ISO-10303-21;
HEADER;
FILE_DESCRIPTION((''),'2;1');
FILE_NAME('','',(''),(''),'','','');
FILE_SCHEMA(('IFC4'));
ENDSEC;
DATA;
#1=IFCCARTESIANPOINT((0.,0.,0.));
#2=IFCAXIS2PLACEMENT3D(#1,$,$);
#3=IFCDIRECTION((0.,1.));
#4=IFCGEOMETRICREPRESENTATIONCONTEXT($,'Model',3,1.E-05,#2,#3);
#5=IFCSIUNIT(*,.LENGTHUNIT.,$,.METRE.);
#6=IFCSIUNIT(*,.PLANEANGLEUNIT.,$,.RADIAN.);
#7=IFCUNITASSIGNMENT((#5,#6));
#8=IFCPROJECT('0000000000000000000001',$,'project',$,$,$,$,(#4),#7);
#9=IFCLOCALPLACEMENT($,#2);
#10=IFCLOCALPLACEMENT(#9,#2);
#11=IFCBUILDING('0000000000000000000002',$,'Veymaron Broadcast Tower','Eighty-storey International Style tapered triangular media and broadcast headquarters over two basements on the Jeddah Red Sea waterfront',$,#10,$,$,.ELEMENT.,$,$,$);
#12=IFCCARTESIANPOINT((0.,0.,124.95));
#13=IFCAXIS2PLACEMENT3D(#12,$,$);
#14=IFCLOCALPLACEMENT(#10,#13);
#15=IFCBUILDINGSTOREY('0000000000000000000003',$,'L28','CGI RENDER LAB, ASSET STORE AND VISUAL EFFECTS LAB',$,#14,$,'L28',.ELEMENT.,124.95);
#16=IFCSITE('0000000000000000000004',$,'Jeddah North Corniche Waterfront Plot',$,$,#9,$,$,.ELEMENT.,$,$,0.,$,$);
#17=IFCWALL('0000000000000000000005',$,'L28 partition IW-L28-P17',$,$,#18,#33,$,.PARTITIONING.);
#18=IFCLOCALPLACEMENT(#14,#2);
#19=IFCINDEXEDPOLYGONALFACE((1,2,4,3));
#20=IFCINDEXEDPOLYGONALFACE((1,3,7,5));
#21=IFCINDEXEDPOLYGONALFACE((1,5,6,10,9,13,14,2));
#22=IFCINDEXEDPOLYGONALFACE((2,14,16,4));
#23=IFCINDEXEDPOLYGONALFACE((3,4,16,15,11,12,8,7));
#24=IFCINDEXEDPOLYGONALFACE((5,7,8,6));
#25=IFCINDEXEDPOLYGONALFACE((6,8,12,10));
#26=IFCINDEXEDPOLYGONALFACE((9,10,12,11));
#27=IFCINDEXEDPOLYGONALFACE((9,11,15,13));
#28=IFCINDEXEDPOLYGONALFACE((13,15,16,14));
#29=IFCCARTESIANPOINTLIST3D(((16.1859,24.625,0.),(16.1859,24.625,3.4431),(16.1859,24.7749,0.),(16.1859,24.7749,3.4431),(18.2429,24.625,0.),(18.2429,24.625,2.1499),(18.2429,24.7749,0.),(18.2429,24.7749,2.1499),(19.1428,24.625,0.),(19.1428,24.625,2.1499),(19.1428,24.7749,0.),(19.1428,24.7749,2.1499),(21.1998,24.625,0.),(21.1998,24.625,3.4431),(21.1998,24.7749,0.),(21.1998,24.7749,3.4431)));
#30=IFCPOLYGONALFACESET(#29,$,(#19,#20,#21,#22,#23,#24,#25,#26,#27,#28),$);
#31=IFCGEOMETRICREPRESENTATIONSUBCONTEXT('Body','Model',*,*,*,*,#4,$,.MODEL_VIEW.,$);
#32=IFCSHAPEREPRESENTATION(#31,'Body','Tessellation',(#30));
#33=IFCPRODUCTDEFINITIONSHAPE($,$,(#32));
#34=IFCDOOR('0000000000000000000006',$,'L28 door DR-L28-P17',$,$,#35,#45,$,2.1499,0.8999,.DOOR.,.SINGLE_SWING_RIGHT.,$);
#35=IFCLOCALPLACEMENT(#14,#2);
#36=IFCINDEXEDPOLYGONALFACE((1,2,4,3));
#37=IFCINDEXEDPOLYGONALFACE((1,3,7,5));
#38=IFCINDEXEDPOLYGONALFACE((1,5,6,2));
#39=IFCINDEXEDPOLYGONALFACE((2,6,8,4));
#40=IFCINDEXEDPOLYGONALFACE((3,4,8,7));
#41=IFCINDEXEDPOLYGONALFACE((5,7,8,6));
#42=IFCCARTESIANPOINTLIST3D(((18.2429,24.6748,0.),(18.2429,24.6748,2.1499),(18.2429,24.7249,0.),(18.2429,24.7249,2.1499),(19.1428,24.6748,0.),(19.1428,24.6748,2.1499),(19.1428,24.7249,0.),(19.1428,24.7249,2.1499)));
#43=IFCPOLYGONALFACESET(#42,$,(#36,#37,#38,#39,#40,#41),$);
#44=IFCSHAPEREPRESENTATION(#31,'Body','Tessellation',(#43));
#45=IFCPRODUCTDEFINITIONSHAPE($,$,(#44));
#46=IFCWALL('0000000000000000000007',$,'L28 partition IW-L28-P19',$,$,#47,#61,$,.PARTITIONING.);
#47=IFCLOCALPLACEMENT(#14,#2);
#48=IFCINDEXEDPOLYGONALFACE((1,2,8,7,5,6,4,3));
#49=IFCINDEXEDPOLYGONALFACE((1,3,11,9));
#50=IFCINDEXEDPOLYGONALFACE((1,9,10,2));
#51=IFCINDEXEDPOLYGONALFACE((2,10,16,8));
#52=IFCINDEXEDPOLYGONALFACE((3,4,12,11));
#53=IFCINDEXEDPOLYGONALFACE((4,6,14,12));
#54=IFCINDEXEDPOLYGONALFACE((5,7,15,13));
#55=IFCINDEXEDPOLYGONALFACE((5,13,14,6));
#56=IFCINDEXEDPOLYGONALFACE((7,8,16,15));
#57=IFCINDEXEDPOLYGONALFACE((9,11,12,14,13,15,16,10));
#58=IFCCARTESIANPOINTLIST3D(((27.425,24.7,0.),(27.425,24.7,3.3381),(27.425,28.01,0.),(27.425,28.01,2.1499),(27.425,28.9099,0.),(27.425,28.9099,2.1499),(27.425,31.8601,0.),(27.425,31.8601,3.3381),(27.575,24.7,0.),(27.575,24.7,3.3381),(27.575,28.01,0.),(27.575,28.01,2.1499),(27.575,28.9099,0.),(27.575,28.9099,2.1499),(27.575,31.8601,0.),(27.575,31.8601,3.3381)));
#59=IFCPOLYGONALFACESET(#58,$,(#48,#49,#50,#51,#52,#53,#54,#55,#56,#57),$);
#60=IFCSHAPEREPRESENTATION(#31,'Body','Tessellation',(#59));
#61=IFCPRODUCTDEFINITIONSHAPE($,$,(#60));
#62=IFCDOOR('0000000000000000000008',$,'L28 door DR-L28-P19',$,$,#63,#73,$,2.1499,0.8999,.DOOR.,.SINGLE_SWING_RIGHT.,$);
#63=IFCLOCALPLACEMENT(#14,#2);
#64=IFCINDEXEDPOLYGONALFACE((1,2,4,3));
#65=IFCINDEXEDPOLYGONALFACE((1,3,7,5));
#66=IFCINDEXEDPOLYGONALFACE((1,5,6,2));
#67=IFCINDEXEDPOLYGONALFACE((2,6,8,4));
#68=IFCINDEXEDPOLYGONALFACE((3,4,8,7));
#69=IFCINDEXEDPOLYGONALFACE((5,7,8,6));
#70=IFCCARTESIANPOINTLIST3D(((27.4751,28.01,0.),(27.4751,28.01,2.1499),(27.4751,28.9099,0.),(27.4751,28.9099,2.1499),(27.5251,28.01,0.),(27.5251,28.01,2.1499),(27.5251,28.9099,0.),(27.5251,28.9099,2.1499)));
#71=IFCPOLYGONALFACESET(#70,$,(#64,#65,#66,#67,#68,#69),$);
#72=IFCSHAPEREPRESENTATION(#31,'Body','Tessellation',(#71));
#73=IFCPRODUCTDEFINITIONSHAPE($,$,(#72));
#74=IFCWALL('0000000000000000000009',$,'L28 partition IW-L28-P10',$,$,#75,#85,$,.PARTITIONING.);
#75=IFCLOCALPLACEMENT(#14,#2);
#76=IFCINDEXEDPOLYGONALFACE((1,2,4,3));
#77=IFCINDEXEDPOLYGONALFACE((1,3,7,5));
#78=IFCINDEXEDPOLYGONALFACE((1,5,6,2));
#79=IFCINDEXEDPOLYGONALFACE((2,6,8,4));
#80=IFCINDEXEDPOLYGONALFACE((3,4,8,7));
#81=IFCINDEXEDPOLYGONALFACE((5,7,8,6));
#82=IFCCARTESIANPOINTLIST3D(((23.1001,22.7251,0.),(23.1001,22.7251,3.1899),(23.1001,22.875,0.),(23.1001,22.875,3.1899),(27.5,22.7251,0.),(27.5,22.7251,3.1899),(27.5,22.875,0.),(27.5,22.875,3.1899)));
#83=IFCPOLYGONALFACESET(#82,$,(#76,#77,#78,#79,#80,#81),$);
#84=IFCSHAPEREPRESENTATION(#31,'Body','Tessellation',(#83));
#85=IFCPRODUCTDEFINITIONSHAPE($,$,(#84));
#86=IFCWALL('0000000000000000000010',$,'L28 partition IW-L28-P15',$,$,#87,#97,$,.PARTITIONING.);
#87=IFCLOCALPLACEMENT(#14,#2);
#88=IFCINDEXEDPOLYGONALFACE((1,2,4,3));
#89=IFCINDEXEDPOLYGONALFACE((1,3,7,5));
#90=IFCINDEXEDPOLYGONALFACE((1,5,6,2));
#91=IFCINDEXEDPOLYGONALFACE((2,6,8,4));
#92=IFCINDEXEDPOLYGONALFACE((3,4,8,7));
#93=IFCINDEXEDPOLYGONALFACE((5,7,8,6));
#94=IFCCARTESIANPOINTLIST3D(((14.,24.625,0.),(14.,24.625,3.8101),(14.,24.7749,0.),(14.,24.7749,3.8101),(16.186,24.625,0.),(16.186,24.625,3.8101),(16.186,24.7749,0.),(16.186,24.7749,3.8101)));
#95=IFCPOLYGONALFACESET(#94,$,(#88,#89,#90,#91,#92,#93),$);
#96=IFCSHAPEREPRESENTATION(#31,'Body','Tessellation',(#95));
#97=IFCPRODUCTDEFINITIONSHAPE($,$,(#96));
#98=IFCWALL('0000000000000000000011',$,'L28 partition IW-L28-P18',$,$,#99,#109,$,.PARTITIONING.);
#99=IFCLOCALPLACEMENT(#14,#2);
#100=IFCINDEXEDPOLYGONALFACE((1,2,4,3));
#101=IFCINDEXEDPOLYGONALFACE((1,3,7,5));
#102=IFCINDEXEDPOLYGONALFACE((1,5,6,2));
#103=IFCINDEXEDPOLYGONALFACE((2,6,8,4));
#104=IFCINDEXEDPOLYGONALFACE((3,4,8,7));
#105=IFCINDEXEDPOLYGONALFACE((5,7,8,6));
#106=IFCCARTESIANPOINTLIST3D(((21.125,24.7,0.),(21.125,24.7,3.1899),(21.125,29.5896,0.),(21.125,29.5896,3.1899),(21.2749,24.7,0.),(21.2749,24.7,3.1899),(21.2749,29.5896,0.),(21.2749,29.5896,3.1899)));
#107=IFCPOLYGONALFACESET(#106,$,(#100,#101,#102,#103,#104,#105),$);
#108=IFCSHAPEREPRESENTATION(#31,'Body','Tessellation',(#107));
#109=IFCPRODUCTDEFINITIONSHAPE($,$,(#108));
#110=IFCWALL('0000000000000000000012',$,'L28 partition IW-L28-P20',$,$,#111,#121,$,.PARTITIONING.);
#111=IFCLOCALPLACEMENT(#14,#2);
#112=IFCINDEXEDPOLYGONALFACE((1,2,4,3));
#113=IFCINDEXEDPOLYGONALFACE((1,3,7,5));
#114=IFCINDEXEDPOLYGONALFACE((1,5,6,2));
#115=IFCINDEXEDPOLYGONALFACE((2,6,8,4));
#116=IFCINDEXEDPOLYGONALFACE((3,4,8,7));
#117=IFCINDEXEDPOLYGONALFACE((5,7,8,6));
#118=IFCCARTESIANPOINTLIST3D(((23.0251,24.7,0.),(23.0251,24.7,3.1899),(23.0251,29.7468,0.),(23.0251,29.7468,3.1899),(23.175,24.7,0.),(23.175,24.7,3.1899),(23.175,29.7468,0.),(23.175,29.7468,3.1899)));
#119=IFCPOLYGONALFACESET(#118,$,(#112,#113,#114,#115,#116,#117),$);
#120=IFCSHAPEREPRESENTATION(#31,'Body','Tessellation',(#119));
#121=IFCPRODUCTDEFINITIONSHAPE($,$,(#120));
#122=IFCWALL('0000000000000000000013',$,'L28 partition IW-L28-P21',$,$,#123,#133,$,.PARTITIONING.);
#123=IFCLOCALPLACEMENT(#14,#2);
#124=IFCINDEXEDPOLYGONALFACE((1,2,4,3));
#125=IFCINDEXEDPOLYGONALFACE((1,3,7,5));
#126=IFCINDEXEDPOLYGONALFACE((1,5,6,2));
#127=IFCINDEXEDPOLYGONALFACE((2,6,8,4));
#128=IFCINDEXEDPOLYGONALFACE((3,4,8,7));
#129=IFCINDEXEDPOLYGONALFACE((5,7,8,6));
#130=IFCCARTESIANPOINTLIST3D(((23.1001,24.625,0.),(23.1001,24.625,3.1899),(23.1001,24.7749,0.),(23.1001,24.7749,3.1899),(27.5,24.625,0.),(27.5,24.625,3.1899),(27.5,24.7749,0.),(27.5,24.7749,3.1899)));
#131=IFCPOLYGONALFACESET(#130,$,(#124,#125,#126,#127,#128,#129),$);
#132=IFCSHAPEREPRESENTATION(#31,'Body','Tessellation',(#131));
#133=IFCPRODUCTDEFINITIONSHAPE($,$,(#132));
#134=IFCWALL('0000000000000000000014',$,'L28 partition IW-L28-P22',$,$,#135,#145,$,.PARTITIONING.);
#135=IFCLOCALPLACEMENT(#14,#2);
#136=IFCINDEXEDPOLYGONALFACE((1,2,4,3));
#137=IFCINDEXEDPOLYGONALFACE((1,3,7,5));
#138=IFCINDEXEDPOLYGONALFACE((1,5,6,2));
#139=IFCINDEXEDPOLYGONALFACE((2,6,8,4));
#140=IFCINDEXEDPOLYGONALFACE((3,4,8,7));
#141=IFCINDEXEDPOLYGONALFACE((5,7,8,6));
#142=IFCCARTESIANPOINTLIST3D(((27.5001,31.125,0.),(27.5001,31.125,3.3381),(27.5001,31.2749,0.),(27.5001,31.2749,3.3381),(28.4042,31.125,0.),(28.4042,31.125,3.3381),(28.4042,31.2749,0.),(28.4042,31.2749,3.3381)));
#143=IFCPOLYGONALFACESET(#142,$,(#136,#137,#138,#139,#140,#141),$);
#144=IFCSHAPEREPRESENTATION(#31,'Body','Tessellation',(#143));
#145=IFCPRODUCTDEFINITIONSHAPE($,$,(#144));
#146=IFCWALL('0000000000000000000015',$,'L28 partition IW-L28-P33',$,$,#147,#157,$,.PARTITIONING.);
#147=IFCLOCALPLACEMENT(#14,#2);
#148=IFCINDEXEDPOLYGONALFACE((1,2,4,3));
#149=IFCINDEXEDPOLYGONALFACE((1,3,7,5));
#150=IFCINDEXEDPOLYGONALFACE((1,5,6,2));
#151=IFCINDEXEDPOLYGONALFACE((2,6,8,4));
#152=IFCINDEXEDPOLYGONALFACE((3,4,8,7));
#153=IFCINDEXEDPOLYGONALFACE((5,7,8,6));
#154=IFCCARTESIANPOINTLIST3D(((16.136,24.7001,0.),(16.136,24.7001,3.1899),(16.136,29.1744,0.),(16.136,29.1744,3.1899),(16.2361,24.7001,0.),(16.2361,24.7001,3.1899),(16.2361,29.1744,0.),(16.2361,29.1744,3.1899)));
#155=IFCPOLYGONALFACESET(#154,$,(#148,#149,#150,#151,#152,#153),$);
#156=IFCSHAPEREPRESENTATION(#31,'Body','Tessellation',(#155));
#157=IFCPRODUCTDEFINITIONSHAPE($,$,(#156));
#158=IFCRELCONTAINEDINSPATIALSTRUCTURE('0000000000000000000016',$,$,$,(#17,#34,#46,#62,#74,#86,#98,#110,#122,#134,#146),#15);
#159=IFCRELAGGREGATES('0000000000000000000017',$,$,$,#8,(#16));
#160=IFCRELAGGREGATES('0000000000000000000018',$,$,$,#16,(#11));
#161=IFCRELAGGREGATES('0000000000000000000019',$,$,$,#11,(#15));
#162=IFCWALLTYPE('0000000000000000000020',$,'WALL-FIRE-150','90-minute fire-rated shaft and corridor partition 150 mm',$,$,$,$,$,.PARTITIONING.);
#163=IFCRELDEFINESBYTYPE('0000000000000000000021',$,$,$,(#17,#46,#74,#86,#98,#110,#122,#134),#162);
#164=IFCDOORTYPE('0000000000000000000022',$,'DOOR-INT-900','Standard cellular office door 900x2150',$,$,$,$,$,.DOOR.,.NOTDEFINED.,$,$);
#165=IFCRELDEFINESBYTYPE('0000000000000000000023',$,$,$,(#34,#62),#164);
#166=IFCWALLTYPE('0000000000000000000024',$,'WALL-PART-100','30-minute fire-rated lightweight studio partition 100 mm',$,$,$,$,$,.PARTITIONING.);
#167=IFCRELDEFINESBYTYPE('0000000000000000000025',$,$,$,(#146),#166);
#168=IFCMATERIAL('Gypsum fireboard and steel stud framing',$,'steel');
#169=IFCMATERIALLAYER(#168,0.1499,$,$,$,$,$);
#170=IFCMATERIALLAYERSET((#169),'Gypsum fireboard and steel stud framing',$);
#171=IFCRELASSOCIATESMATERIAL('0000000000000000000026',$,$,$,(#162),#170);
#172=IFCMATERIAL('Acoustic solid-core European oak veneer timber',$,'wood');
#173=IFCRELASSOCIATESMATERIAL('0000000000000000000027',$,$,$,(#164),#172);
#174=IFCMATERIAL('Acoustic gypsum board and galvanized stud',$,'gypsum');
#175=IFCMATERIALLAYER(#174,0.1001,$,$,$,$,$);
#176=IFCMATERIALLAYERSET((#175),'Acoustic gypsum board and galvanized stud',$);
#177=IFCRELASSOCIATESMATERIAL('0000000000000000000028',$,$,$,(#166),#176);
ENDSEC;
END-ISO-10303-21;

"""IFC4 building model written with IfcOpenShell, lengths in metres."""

from ifc_helpers import new_model, si_unit, direction, frame, frame_2d, origin, place, context, subcontext, project, spatial, rectangle, extrude, material, layer, layer_set, type_object, element, fill, save


model = new_model("IFC4")

# Units and contexts
model_context = context("Model", 3, precision=1e-05, world=origin(), true_north=direction((0.0, 1.0)))
body_context = subcontext(model_context, "Body", "Model", "MODEL_VIEW")
ifc_project = project(units=[si_unit("LENGTHUNIT", "METRE"), si_unit("PLANEANGLEUNIT", "RADIAN")], contexts=[model_context])

# Site, building, storey
site_placement = place(None, origin())
site = spatial("IfcSite", under=ifc_project, at=site_placement, Name="Jeddah North Corniche Waterfront Plot", CompositionType="ELEMENT", RefElevation=0.0)
building_placement = place(site_placement, origin())
building = spatial("IfcBuilding", under=site, at=building_placement, Name="Veymaron Broadcast Tower", Description="Eighty-storey International Style tapered triangular media and broadcast headquarters over two basements on the Jeddah Red Sea waterfront", CompositionType="ELEMENT")
storey_placement = place(building_placement, frame((0.0, 0.0, 124.95)))
storey = spatial("IfcBuildingStorey", under=building, at=storey_placement, Name="L28", Description="CGI RENDER LAB, ASSET STORE AND VISUAL EFFECTS LAB", LongName="L28", CompositionType="ELEMENT", Elevation=124.95)

# Walls, openings, doors
ifc_material_1 = material(Name="Gypsum fireboard and steel stud framing", Category="steel")
ifc_layer_1 = layer(ifc_material_1, 0.1499)
ifc_layer_set_1 = layer_set([ifc_layer_1], Name="Gypsum fireboard and steel stud framing")
wall_type_1 = type_object("IfcWallType", Name="WALL-FIRE-150", Description="90-minute fire-rated shaft and corridor partition 150 mm", PredefinedType="PARTITIONING", material=ifc_layer_set_1)
ifc_material_2 = material(Name="Acoustic solid-core European oak veneer timber", Category="wood")
door_type = type_object("IfcDoorType", Name="DOOR-INT-900", Description="Standard cellular office door 900x2150", OperationType="NOTDEFINED", PredefinedType="DOOR", material=ifc_material_2)
wall_1_placement = place(storey_placement, frame((16.186, 24.7, 0.0), z_axis=(0.0, 0.0, 1.0), x_axis=(1.0, 0.0, 0.0)))
wall_1 = element("IfcWall", 1, at=wall_1_placement, inside=storey, type_object=wall_type_1, Name="L28 partition IW-L28-P17", PredefinedType="PARTITIONING", context=body_context, shape_type="SweptSolid", body=[
    extrude(rectangle(XDim=5.0139, YDim=0.1499, at=frame_2d((2.5068, 0.0))), origin(), (0.0, 0.0, 1.0), 3.4431),
])
opening_1_placement = place(wall_1_placement, frame((2.0569, 0.0, 0.0)))
opening_1 = element("IfcOpeningElement", 2, at=opening_1_placement, cuts=wall_1, PredefinedType="OPENING", context=body_context, shape_type="SweptSolid", body=[
    extrude(rectangle(XDim=0.8999, YDim=2.1499, at=frame_2d((0.45, 1.075))), frame((0.0, 0.085, 0.0), z_axis=(0.0, -1.0, 0.0), x_axis=(1.0, 0.0, 0.0)), (0.0, 0.0, 1.0), 0.1699),
])
door_1_placement = place(opening_1_placement, origin())
door_1 = element("IfcDoor", 3, at=door_1_placement, inside=storey, type_object=door_type, Name="L28 door DR-L28-P17", OperationType="SINGLE_SWING_RIGHT", OverallHeight=2.1499, OverallWidth=0.8999, PredefinedType="DOOR", context=body_context, shape_type="SweptSolid", body=[
    extrude(rectangle(XDim=0.8999, YDim=2.1499, at=frame_2d((0.45, 1.075))), frame((0.0, 0.0249, 0.0), z_axis=(0.0, -1.0, 0.0), x_axis=(1.0, 0.0, 0.0)), (0.0, 0.0, 1.0), 0.05),
])
fill(opening_1, door_1)
wall_2_placement = place(storey_placement, frame((27.5, 24.7, 0.0), z_axis=(0.0, 0.0, 1.0), x_axis=(0.0, 1.0, 0.0)))
wall_2 = element("IfcWall", 4, at=wall_2_placement, inside=storey, type_object=wall_type_1, Name="L28 partition IW-L28-P19", PredefinedType="PARTITIONING", context=body_context, shape_type="SweptSolid", body=[
    extrude(rectangle(XDim=7.1602, YDim=0.1499, at=frame_2d((3.5801, 0.0))), origin(), (0.0, 0.0, 1.0), 3.3381),
])
opening_2_placement = place(wall_2_placement, frame((3.3101, 0.0, 0.0)))
opening_2 = element("IfcOpeningElement", 5, at=opening_2_placement, cuts=wall_2, PredefinedType="OPENING", context=body_context, shape_type="SweptSolid", body=[
    extrude(rectangle(XDim=0.8999, YDim=2.1499, at=frame_2d((0.45, 1.075))), frame((0.0, 0.085, 0.0), z_axis=(0.0, -1.0, 0.0), x_axis=(1.0, 0.0, 0.0)), (0.0, 0.0, 1.0), 0.1699),
])
door_2_placement = place(opening_2_placement, origin())
door_2 = element("IfcDoor", 6, at=door_2_placement, inside=storey, type_object=door_type, Name="L28 door DR-L28-P19", OperationType="SINGLE_SWING_RIGHT", OverallHeight=2.1499, OverallWidth=0.8999, PredefinedType="DOOR", context=body_context, shape_type="SweptSolid", body=[
    extrude(rectangle(XDim=0.8999, YDim=2.1499, at=frame_2d((0.45, 1.075))), frame((0.0, 0.0249, 0.0), z_axis=(0.0, -1.0, 0.0), x_axis=(1.0, 0.0, 0.0)), (0.0, 0.0, 1.0), 0.05),
])
fill(opening_2, door_2)

# Walls
wall_3_placement = place(storey_placement, frame((23.1001, 22.8, 0.0), z_axis=(0.0, 0.0, 1.0), x_axis=(1.0, 0.0, 0.0)))
element("IfcWall", 7, at=wall_3_placement, inside=storey, type_object=wall_type_1, Name="L28 partition IW-L28-P10", PredefinedType="PARTITIONING", context=body_context, shape_type="SweptSolid", body=[
    extrude(rectangle(XDim=4.3999, YDim=0.1499, at=frame_2d((2.2, 0.0))), origin(), (0.0, 0.0, 1.0), 3.1899),
])
wall_4_placement = place(storey_placement, frame((14.0, 24.7, 0.0), z_axis=(0.0, 0.0, 1.0), x_axis=(1.0, 0.0, 0.0)))
element("IfcWall", 8, at=wall_4_placement, inside=storey, type_object=wall_type_1, Name="L28 partition IW-L28-P15", PredefinedType="PARTITIONING", context=body_context, shape_type="SweptSolid", body=[
    extrude(rectangle(XDim=2.186, YDim=0.1499, at=frame_2d((1.093, 0.0))), origin(), (0.0, 0.0, 1.0), 3.8101),
])
wall_5_placement = place(storey_placement, frame((21.2, 24.7, 0.0), z_axis=(0.0, 0.0, 1.0), x_axis=(0.0, 1.0, 0.0)))
element("IfcWall", 9, at=wall_5_placement, inside=storey, type_object=wall_type_1, Name="L28 partition IW-L28-P18", PredefinedType="PARTITIONING", context=body_context, shape_type="SweptSolid", body=[
    extrude(rectangle(XDim=4.8896, YDim=0.1499, at=frame_2d((2.4448, 0.0))), origin(), (0.0, 0.0, 1.0), 3.1899),
])
wall_6_placement = place(storey_placement, frame((23.1001, 24.7, 0.0), z_axis=(0.0, 0.0, 1.0), x_axis=(0.0, 1.0, 0.0)))
element("IfcWall", 10, at=wall_6_placement, inside=storey, type_object=wall_type_1, Name="L28 partition IW-L28-P20", PredefinedType="PARTITIONING", context=body_context, shape_type="SweptSolid", body=[
    extrude(rectangle(XDim=5.0469, YDim=0.1499, at=frame_2d((2.5234, 0.0))), origin(), (0.0, 0.0, 1.0), 3.1899),
])
wall_7_placement = place(storey_placement, frame((23.1001, 24.7, 0.0), z_axis=(0.0, 0.0, 1.0), x_axis=(1.0, 0.0, 0.0)))
element("IfcWall", 11, at=wall_7_placement, inside=storey, type_object=wall_type_1, Name="L28 partition IW-L28-P21", PredefinedType="PARTITIONING", context=body_context, shape_type="SweptSolid", body=[
    extrude(rectangle(XDim=4.3999, YDim=0.1499, at=frame_2d((2.2, 0.0))), origin(), (0.0, 0.0, 1.0), 3.1899),
])
wall_8_placement = place(storey_placement, frame((27.5, 31.2, 0.0), z_axis=(0.0, 0.0, 1.0), x_axis=(1.0, 0.0, 0.0)))
element("IfcWall", 12, at=wall_8_placement, inside=storey, type_object=wall_type_1, Name="L28 partition IW-L28-P22", PredefinedType="PARTITIONING", context=body_context, shape_type="SweptSolid", body=[
    extrude(rectangle(XDim=0.9041, YDim=0.1499, at=frame_2d((0.4521, 0.0))), origin(), (0.0, 0.0, 1.0), 3.3381),
])
ifc_material_3 = material(Name="Acoustic gypsum board and galvanized stud", Category="gypsum")
ifc_layer_2 = layer(ifc_material_3, 0.1001)
ifc_layer_set_2 = layer_set([ifc_layer_2], Name="Acoustic gypsum board and galvanized stud")
wall_type_2 = type_object("IfcWallType", Name="WALL-PART-100", Description="30-minute fire-rated lightweight studio partition 100 mm", PredefinedType="PARTITIONING", material=ifc_layer_set_2)
wall_9_placement = place(storey_placement, frame((16.186, 24.7, 0.0), z_axis=(0.0, 0.0, 1.0), x_axis=(0.0, 1.0, 0.0)))
element("IfcWall", 13, at=wall_9_placement, inside=storey, type_object=wall_type_2, Name="L28 partition IW-L28-P33", PredefinedType="PARTITIONING", context=body_context, shape_type="SweptSolid", body=[
    extrude(rectangle(XDim=4.4744, YDim=0.1001, at=frame_2d((2.2373, 0.0))), origin(), (0.0, 0.0, 1.0), 3.1899),
])

save(model, "model.ifc")
